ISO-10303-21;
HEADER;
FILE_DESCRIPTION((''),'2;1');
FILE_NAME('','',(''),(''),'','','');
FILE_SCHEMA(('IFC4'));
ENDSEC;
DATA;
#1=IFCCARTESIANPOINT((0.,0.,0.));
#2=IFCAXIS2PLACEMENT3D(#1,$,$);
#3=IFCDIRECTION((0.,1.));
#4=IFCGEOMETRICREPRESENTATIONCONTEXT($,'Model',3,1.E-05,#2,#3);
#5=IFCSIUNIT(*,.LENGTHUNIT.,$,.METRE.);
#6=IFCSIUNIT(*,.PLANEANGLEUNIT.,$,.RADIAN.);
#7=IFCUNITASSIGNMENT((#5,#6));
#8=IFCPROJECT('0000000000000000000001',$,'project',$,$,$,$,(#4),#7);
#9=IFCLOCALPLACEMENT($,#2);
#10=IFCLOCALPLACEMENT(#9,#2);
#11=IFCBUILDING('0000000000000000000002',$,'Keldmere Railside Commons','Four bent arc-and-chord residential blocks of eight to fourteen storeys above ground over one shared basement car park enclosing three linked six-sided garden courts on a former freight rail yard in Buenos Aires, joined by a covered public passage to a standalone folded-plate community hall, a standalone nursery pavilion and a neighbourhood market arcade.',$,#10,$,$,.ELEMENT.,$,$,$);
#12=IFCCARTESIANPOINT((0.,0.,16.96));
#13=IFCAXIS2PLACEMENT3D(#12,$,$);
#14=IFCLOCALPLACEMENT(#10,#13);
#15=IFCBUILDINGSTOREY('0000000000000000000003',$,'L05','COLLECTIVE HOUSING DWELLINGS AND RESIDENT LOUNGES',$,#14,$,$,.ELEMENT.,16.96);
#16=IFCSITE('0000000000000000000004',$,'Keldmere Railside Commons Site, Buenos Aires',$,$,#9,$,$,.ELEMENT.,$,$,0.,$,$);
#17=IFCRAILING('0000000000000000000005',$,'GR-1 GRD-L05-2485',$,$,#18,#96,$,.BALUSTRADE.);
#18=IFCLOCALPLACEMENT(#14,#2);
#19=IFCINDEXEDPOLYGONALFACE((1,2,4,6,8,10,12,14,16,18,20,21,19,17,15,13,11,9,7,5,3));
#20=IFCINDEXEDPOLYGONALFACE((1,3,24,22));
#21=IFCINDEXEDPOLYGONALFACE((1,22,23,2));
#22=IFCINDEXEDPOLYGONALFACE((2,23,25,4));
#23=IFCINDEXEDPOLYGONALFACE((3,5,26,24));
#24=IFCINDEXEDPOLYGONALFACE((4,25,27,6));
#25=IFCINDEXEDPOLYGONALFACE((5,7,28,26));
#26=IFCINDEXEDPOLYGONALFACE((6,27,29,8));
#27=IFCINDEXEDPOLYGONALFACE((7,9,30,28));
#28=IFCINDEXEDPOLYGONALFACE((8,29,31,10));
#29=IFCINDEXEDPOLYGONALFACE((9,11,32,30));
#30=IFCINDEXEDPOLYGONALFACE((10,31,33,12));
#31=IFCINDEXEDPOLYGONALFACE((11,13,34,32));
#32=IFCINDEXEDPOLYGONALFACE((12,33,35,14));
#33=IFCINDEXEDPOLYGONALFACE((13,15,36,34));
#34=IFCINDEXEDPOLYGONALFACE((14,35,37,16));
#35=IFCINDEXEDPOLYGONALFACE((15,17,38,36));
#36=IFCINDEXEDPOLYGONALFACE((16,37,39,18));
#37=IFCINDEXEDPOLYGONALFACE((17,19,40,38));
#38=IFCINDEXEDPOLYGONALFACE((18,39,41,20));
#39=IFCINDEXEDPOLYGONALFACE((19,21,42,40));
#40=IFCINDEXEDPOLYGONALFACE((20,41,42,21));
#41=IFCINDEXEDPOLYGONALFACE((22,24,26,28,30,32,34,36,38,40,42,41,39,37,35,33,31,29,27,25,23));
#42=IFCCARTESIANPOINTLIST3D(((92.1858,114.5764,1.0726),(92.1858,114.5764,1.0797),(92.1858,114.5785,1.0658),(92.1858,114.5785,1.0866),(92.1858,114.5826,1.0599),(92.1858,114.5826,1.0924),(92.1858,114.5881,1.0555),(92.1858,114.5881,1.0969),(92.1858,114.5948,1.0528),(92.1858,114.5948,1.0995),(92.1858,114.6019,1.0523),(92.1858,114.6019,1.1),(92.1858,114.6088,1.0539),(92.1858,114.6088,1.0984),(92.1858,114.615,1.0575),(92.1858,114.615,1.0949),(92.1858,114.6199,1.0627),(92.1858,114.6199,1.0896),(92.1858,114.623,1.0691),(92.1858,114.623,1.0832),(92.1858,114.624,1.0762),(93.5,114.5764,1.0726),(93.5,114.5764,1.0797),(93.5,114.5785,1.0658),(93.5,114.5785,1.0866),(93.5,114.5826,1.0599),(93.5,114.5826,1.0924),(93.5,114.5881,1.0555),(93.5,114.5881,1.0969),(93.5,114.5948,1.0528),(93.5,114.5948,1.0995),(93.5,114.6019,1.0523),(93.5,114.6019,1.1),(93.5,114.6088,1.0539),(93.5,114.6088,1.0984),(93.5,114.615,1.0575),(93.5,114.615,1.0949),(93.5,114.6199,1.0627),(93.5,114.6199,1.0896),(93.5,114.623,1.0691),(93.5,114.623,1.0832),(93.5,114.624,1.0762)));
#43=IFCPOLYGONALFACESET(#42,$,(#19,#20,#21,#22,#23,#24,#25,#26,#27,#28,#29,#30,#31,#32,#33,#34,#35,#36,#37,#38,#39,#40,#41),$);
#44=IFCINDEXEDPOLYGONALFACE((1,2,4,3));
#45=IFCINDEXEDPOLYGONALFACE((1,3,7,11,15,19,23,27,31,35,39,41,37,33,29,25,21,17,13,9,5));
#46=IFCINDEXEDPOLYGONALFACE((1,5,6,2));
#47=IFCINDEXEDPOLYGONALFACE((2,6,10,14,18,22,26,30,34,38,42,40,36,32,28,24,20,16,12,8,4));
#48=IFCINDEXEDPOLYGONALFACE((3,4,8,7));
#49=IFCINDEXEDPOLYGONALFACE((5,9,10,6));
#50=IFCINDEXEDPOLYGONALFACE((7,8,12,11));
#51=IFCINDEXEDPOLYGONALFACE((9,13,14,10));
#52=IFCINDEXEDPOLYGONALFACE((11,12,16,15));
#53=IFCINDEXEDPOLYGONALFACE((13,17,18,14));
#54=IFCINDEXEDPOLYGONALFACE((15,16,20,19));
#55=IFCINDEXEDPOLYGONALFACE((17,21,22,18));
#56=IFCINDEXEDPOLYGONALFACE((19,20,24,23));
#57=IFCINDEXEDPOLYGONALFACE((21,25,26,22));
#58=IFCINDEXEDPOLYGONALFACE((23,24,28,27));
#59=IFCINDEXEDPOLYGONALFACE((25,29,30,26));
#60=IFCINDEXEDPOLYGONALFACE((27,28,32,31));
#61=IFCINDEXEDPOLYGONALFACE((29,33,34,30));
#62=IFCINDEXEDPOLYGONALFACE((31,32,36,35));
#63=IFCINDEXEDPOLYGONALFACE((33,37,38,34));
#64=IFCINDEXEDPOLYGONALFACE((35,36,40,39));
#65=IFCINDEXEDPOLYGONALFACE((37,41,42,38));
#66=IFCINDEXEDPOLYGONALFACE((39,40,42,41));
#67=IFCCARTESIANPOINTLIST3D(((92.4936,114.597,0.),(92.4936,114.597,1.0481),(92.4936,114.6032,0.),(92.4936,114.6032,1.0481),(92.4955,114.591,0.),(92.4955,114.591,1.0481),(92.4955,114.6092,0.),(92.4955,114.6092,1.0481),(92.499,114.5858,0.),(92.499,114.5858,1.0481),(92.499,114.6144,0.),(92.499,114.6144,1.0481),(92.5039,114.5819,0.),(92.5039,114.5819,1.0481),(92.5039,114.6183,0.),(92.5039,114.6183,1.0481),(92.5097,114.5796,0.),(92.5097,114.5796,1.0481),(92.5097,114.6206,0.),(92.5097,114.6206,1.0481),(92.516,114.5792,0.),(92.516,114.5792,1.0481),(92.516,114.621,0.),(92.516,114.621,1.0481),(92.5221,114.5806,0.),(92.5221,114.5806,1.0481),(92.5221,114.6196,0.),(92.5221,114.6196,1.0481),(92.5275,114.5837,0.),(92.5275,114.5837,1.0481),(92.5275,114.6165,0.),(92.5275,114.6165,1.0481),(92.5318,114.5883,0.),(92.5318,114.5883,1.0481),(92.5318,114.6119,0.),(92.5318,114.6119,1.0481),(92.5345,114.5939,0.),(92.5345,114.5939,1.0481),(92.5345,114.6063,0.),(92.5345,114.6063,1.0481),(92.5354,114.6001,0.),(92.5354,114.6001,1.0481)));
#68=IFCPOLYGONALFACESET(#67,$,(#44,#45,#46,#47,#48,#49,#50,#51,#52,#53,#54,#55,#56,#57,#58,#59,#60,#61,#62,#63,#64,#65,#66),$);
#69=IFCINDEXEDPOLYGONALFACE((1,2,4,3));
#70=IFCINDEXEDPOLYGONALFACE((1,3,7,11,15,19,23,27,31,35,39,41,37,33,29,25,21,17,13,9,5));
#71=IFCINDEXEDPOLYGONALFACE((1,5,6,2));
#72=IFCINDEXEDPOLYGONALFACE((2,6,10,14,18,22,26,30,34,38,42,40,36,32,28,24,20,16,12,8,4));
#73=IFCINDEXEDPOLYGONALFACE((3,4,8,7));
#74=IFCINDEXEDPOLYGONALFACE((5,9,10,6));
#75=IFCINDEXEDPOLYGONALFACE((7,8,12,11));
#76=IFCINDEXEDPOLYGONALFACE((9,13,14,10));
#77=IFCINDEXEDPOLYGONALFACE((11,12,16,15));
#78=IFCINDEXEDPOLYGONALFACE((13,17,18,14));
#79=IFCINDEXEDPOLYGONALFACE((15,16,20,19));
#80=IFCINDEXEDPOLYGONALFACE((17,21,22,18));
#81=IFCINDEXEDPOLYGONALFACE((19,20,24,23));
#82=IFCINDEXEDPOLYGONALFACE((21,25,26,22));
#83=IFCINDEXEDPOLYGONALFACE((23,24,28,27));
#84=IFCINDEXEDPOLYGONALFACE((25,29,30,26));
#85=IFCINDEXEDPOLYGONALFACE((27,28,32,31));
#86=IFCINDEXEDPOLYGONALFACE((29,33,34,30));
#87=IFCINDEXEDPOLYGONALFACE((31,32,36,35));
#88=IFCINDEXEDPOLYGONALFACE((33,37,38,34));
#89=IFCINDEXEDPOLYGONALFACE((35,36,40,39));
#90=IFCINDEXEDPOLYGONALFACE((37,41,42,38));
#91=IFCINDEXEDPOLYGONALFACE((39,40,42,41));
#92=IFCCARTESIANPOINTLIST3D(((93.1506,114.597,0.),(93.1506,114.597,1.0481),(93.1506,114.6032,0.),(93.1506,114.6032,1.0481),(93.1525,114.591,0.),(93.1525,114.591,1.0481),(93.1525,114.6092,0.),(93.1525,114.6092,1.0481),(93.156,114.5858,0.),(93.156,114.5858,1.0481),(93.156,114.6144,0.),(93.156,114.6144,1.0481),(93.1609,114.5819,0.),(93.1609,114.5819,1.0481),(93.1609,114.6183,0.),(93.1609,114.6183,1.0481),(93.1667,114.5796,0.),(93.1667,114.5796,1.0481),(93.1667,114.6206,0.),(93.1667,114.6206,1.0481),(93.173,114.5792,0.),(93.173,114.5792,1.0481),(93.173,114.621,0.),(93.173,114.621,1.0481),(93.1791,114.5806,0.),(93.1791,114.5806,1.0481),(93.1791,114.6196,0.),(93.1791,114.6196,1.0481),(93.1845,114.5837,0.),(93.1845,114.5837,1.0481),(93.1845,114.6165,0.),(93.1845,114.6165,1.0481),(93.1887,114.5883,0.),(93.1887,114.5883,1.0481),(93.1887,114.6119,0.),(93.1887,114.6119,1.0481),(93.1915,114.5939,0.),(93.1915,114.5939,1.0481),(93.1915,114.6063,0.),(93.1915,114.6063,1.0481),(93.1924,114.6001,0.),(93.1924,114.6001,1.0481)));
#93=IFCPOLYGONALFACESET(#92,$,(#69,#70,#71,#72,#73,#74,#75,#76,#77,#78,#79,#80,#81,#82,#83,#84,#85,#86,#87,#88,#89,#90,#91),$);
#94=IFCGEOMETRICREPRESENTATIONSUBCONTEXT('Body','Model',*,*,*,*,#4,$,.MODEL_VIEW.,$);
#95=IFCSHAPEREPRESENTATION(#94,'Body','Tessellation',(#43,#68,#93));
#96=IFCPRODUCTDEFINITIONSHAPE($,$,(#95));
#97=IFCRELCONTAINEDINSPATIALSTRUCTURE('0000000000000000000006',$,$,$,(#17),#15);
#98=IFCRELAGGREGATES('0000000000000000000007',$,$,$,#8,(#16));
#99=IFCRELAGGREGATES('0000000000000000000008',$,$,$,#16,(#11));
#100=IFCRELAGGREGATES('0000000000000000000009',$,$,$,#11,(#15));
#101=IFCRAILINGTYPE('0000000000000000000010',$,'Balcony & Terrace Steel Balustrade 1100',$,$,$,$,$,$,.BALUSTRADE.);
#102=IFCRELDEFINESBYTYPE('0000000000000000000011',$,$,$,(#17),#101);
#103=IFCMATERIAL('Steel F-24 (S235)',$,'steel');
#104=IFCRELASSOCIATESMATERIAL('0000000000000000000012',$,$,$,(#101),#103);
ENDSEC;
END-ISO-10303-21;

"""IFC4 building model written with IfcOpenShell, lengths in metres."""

from ifc_helpers import new_model, si_unit, direction, frame, origin, origin_2d, place, context, subcontext, project, spatial, circle, extrude, material, type_object, element, save


model = new_model("IFC4")

# Units and contexts
model_context = context("Model", 3, precision=1e-05, world=origin(), true_north=direction((0.0, 1.0)))
body_context = subcontext(model_context, "Body", "Model", "MODEL_VIEW")
ifc_project = project(units=[si_unit("LENGTHUNIT", "METRE"), si_unit("PLANEANGLEUNIT", "RADIAN")], contexts=[model_context])

# Site, building, storey
site_placement = place(None, origin())
site = spatial("IfcSite", under=ifc_project, at=site_placement, Name="Keldmere Railside Commons Site, Buenos Aires", CompositionType="ELEMENT", RefElevation=0.0)
building_placement = place(site_placement, origin())
building = spatial("IfcBuilding", under=site, at=building_placement, Name="Keldmere Railside Commons", Description="Four bent arc-and-chord residential blocks of eight to fourteen storeys above ground over one shared basement car park enclosing three linked six-sided garden courts on a former freight rail yard in Buenos Aires, joined by a covered public passage to a standalone folded-plate community hall, a standalone nursery pavilion and a neighbourhood market arcade.", CompositionType="ELEMENT")
storey_placement = place(building_placement, frame((0.0, 0.0, 16.96)))
storey = spatial("IfcBuildingStorey", under=building, at=storey_placement, Name="L05", Description="COLLECTIVE HOUSING DWELLINGS AND RESIDENT LOUNGES", CompositionType="ELEMENT", Elevation=16.96)

# Railing
ifc_material_1 = material(Name="Steel F-24 (S235)", Category="steel")
railing_type = type_object("IfcRailingType", Name="Balcony & Terrace Steel Balustrade 1100", PredefinedType="BALUSTRADE", material=ifc_material_1)
railing_1_placement = place(storey_placement, frame((92.1858, 114.6001, 0.0)))
element("IfcRailing", 1, at=railing_1_placement, inside=storey, type_object=railing_type, Name="GR-1 GRD-L05-2485", PredefinedType="BALUSTRADE", context=body_context, shape_type="SweptSolid", body=[
    extrude(circle(Radius=0.0239, at=origin_2d()), frame((0.0, 0.0, 1.0762), z_axis=(1.0, 0.0, 0.0), x_axis=(0.0, 1.0, 0.0)), (0.0, 0.0, 1.0), 1.3142),
    extrude(circle(Radius=0.021, at=origin_2d()), frame((0.3286, 0.0, 0.0)), (0.0, 0.0, 1.0), 1.0481),
    extrude(circle(Radius=0.021, at=origin_2d()), frame((0.9856, 0.0, 0.0)), (0.0, 0.0, 1.0), 1.0481),
])

save(model, "model.ifc")
